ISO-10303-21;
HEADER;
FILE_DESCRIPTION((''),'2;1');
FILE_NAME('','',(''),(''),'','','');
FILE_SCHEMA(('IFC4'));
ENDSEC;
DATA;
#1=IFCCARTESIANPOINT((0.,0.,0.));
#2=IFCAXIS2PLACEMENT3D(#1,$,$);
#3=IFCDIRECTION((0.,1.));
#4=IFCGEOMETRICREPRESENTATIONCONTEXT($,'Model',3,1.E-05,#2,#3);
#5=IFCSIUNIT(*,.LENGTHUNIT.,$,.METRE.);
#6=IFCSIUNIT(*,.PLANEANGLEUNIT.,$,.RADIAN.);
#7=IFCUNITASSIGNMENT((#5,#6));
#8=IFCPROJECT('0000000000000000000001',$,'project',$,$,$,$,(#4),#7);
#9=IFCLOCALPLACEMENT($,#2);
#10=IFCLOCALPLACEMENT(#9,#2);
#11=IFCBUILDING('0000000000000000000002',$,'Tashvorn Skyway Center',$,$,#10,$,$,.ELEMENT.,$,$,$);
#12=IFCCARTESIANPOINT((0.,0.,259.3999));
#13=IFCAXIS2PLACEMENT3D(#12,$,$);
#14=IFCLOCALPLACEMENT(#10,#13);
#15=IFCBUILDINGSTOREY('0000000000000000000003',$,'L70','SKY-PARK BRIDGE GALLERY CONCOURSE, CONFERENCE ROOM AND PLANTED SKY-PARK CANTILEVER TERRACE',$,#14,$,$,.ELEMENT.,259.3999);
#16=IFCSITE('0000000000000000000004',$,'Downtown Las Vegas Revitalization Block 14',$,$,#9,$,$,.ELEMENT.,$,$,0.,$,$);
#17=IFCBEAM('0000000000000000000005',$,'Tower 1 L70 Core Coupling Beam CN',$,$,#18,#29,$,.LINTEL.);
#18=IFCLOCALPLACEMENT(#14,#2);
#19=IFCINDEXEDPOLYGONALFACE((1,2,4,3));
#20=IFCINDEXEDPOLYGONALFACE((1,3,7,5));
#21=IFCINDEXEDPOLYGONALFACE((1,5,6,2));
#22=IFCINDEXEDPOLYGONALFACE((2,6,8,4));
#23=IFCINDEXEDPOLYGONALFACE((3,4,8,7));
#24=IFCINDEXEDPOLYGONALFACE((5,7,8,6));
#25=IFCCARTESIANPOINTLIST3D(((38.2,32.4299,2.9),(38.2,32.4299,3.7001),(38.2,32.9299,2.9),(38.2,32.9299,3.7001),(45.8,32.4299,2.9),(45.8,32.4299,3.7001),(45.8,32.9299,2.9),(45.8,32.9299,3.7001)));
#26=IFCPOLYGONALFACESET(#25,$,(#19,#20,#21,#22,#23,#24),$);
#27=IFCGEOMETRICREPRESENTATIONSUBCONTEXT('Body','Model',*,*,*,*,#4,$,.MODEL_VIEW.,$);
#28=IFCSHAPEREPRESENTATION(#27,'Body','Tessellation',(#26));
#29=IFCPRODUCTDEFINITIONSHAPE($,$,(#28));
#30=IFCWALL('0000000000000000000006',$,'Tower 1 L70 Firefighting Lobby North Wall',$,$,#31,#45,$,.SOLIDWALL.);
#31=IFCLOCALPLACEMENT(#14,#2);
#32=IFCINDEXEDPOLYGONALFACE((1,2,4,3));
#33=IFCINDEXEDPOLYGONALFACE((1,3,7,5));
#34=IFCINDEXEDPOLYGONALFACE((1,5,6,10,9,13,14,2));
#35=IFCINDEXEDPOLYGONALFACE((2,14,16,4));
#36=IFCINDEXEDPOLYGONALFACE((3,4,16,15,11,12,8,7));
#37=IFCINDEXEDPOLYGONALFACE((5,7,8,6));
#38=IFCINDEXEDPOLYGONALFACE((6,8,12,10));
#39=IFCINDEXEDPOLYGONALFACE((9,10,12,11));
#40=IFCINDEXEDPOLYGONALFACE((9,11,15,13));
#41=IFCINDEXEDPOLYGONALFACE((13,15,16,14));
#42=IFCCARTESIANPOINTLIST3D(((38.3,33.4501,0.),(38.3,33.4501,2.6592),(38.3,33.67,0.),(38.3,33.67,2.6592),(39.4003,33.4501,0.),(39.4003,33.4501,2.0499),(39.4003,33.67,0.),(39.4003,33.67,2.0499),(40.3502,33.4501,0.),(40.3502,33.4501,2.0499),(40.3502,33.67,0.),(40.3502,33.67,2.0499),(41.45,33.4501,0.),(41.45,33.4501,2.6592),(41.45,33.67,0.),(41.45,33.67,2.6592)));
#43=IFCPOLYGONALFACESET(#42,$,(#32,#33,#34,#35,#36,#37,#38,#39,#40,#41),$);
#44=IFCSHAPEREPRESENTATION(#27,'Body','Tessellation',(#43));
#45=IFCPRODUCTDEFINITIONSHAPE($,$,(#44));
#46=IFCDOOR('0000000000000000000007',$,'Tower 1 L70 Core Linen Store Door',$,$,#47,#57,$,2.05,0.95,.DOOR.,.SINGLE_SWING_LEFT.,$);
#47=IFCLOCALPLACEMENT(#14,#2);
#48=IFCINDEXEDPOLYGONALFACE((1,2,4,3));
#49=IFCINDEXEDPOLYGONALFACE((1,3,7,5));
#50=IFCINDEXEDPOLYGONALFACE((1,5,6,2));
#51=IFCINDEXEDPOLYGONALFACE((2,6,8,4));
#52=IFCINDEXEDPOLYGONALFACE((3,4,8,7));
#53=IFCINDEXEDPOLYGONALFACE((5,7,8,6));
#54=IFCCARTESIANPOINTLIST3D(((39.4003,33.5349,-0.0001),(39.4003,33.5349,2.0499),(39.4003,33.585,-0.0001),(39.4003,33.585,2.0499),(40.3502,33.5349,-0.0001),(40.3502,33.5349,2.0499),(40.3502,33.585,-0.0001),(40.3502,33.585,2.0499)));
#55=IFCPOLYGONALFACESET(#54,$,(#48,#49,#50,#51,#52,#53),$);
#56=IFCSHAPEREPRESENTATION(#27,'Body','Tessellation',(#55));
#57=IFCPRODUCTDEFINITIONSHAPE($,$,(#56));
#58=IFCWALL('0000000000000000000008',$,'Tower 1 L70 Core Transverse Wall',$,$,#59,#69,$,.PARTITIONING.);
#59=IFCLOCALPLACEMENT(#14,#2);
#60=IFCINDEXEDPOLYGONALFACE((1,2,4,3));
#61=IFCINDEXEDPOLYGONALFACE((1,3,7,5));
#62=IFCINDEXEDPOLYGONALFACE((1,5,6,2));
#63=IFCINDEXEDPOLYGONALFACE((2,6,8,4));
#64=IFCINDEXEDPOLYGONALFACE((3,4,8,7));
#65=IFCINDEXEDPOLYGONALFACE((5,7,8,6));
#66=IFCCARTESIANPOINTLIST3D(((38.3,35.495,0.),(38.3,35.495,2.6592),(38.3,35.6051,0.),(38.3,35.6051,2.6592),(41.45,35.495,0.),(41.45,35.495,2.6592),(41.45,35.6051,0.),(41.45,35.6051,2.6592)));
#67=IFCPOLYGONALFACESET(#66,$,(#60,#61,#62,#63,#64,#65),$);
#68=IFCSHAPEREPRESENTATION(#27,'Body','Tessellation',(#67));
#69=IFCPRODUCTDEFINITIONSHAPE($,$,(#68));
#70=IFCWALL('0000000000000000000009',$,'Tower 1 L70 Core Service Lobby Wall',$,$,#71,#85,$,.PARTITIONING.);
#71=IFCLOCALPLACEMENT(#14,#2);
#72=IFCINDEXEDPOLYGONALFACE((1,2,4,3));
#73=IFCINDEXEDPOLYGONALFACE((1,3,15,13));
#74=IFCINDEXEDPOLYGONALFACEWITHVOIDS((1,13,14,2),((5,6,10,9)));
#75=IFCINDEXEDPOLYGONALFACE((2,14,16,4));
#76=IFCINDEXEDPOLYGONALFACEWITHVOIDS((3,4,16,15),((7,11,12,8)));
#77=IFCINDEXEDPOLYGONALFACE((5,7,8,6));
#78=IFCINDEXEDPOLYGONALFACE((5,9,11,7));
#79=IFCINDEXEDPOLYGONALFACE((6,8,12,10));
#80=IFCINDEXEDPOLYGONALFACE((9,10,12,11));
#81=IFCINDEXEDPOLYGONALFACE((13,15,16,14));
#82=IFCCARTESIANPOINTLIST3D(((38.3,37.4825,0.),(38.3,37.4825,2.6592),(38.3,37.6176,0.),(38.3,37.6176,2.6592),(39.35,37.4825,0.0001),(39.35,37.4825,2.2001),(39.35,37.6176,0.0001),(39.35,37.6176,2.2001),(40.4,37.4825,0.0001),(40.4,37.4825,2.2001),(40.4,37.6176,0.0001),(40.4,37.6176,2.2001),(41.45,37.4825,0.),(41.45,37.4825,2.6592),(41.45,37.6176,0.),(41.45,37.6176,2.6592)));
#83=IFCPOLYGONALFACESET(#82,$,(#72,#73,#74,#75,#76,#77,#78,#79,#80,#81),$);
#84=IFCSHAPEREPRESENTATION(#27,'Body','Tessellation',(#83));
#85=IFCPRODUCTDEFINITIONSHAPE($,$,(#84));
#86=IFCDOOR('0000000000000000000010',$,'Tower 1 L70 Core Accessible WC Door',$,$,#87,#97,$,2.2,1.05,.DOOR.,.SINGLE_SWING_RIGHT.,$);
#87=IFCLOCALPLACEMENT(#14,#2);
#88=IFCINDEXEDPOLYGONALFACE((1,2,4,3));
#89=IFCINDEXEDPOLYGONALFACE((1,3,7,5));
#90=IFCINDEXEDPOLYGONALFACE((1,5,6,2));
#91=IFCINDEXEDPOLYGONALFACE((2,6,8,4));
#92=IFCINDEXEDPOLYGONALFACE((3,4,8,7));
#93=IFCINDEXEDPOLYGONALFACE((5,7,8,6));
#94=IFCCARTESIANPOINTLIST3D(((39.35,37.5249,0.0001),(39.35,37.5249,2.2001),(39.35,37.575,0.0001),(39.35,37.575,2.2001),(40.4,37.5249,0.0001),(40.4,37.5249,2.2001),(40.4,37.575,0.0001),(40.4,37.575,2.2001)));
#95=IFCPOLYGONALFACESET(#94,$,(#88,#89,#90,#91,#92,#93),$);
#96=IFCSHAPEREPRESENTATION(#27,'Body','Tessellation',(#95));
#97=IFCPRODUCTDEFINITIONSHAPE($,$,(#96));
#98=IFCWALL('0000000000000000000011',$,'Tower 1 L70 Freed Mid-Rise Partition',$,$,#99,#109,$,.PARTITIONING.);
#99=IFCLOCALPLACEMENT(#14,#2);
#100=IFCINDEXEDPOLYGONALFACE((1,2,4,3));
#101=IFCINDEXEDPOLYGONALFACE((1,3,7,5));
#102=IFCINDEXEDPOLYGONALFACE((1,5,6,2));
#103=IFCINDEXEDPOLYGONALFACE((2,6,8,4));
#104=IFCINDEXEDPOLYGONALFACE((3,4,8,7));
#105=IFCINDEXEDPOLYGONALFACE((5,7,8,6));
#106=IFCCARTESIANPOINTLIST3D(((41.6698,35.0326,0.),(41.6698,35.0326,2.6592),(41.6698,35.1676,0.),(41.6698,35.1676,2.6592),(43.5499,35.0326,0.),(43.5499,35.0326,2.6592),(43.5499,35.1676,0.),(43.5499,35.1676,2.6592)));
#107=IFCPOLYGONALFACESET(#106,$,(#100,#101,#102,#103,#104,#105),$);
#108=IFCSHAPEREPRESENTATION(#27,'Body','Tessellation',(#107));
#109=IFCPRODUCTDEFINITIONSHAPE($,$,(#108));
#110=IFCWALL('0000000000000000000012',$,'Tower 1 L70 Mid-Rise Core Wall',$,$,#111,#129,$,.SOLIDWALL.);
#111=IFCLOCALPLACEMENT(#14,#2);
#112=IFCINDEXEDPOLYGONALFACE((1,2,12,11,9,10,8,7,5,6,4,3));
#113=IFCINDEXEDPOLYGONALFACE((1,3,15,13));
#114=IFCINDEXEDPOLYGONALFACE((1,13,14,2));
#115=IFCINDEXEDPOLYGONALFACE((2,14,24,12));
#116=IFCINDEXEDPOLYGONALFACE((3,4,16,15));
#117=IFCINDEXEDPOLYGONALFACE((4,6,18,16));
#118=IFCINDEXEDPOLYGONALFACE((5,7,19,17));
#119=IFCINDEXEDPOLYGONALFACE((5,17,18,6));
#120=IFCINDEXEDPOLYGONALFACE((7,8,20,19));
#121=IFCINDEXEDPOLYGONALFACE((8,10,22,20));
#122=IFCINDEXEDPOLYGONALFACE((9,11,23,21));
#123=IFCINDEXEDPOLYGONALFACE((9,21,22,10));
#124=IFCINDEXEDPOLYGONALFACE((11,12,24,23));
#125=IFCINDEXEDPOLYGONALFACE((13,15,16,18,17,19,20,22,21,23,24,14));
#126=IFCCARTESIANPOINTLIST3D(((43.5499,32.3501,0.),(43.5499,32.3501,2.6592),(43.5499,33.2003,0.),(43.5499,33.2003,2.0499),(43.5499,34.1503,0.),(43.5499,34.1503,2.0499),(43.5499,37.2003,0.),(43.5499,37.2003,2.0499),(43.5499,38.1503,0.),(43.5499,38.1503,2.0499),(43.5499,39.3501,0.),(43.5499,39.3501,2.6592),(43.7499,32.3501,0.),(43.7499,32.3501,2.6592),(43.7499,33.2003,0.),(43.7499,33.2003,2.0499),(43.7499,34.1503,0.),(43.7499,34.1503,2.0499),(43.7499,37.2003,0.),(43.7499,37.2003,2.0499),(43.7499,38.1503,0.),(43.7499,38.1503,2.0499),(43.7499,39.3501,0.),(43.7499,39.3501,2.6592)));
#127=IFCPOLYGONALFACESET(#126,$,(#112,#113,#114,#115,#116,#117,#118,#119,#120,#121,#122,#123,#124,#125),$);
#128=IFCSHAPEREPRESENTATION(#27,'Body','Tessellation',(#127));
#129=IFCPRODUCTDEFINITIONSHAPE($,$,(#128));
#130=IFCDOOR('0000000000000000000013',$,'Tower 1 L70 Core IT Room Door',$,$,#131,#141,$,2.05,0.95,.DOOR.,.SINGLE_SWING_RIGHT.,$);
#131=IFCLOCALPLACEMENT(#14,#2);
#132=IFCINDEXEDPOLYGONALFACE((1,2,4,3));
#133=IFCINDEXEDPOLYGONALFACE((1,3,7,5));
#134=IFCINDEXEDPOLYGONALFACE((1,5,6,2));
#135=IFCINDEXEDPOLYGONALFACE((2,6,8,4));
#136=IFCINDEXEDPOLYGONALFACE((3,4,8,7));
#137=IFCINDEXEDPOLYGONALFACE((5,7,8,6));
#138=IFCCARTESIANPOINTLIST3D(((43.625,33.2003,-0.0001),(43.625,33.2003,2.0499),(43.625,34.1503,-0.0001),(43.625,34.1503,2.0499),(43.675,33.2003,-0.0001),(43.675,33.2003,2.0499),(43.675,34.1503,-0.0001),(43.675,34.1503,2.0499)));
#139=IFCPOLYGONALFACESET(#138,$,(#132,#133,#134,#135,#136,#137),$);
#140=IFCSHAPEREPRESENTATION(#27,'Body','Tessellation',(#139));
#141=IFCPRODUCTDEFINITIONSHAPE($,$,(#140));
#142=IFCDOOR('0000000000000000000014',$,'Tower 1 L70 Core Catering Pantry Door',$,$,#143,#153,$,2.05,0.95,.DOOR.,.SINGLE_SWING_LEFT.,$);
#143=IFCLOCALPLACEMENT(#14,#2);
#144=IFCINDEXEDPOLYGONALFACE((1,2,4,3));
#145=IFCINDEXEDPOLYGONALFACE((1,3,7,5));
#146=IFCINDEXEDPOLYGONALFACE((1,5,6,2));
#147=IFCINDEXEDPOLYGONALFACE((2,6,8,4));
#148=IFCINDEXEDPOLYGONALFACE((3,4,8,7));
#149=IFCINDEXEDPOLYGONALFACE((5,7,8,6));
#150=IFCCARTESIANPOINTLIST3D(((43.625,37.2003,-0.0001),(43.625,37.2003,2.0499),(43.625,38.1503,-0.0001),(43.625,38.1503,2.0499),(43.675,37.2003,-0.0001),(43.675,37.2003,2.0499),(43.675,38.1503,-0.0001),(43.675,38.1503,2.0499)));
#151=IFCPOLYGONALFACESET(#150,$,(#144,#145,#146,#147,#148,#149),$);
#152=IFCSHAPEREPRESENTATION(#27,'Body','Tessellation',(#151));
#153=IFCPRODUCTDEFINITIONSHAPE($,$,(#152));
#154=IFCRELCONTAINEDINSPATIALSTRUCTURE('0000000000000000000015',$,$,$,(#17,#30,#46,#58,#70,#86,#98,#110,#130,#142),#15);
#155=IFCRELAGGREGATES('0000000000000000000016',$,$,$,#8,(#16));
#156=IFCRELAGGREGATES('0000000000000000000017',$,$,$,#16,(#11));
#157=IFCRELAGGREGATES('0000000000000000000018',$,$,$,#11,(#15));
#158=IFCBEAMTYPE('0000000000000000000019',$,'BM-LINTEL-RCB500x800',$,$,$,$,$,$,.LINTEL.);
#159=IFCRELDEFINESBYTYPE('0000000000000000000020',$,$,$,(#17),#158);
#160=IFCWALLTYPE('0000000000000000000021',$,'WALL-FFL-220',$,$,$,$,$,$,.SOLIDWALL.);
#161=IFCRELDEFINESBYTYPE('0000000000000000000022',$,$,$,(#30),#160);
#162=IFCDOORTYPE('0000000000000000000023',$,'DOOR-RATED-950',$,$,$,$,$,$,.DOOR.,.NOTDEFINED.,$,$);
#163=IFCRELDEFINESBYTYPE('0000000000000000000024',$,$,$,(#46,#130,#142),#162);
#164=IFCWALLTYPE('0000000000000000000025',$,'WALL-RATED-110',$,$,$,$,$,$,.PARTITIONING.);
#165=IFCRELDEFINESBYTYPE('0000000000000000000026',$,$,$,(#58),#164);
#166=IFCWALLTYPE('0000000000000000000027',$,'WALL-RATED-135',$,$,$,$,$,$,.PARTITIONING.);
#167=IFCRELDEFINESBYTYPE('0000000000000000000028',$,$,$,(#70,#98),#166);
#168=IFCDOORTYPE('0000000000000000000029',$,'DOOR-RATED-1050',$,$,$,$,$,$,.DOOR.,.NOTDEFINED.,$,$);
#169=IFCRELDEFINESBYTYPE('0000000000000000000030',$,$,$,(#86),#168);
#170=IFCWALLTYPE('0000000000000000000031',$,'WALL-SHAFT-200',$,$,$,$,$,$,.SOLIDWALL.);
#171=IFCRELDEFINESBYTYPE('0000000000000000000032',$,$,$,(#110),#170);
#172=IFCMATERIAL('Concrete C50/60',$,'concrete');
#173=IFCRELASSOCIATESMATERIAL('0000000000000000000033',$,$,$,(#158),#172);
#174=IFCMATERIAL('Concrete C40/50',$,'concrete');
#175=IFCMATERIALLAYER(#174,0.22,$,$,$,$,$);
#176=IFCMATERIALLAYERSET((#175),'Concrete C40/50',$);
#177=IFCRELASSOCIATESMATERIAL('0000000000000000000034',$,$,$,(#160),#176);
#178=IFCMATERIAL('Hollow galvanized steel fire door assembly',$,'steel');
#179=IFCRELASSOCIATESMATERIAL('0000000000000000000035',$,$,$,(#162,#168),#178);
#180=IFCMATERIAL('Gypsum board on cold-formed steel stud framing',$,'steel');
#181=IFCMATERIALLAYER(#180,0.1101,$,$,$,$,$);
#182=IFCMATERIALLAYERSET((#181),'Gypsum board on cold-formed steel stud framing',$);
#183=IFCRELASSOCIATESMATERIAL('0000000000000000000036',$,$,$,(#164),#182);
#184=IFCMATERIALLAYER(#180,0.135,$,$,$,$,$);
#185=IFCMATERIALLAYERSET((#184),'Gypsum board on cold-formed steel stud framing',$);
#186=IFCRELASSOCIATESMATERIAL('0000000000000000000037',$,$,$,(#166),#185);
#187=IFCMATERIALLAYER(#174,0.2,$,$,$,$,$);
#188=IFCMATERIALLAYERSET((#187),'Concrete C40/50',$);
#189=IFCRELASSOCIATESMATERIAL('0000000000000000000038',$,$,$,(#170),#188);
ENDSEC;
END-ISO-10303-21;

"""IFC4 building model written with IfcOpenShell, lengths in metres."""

from ifc_helpers import new_model, si_unit, direction, frame, frame_2d, origin, origin_2d, place, context, subcontext, project, spatial, rectangle, extrude, material, layer, layer_set, material_profile, profile_set, type_object, element, fill, save


model = new_model("IFC4")

# Units and contexts
model_context = context("Model", 3, precision=1e-05, world=origin(), true_north=direction((0.0, 1.0)))
body_context = subcontext(model_context, "Body", "Model", "MODEL_VIEW")
ifc_project = project(units=[si_unit("LENGTHUNIT", "METRE"), si_unit("PLANEANGLEUNIT", "RADIAN")], contexts=[model_context])

# Site, building, storey
site_placement = place(None, origin())
site = spatial("IfcSite", under=ifc_project, at=site_placement, Name="Downtown Las Vegas Revitalization Block 14", CompositionType="ELEMENT", RefElevation=0.0)
building_placement = place(site_placement, origin())
building = spatial("IfcBuilding", under=site, at=building_placement, Name="Tashvorn Skyway Center", CompositionType="ELEMENT")
storey_placement = place(building_placement, frame((0.0, 0.0, 259.3999)))
storey = spatial("IfcBuildingStorey", under=building, at=storey_placement, Name="L70", Description="SKY-PARK BRIDGE GALLERY CONCOURSE, CONFERENCE ROOM AND PLANTED SKY-PARK CANTILEVER TERRACE", CompositionType="ELEMENT", Elevation=259.3999)

# Beam
ifc_material_1 = material(Name="Concrete C50/60", Category="concrete")
ifc_material_profile = material_profile(ifc_material_1, rectangle(XDim=0.5, YDim=0.8, at=origin_2d()), Name="RCB500x800")
ifc_profile_set = profile_set([ifc_material_profile], Name="Concrete C50/60")
beam_type = type_object("IfcBeamType", Name="BM-LINTEL-RCB500x800", PredefinedType="LINTEL", material=ifc_profile_set)
beam_placement = place(storey_placement, frame((38.2, 32.6799, 3.3), z_axis=(1.0, 0.0, 0.0), x_axis=(0.0, 1.0, 0.0)))
element("IfcBeam", 1, at=beam_placement, inside=storey, type_object=beam_type, Name="Tower 1 L70 Core Coupling Beam CN", PredefinedType="LINTEL", context=body_context, shape_type="SweptSolid", body=[
    extrude(rectangle(XDim=0.5, YDim=0.8, at=origin_2d()), origin(), (0.0, 0.0, 1.0), 7.6001),
])

# Wall, opening, door
ifc_material_2 = material(Name="Concrete C40/50", Category="concrete")
ifc_layer_1 = layer(ifc_material_2, 0.22)
ifc_layer_set_1 = layer_set([ifc_layer_1], Name="Concrete C40/50")
wall_type_1 = type_object("IfcWallType", Name="WALL-FFL-220", PredefinedType="SOLIDWALL", material=ifc_layer_set_1)
wall_1_placement = place(storey_placement, frame((38.3, 33.5601, 0.0), z_axis=(0.0, 0.0, 1.0), x_axis=(1.0, 0.0, 0.0)))
wall_1 = element("IfcWall", 2, at=wall_1_placement, inside=storey, type_object=wall_type_1, Name="Tower 1 L70 Firefighting Lobby North Wall", PredefinedType="SOLIDWALL", context=body_context, shape_type="SweptSolid", body=[
    extrude(rectangle(XDim=3.1499, YDim=0.22, at=frame_2d((1.575, 0.0))), origin(), (0.0, 0.0, 1.0), 2.6592),
])
opening_1_placement = place(wall_1_placement, frame((1.1001, 0.0, 0.0)))
opening_1 = element("IfcOpeningElement", 3, at=opening_1_placement, cuts=wall_1, PredefinedType="OPENING", context=body_context, shape_type="SweptSolid", body=[
    extrude(rectangle(XDim=0.95, YDim=2.05, at=frame_2d((0.4751, 1.0249))), frame((0.0, 0.1199, 0.0), z_axis=(0.0, -1.0, 0.0), x_axis=(1.0, 0.0, 0.0)), (0.0, 0.0, 1.0), 0.24),
])
ifc_material_3 = material(Name="Hollow galvanized steel fire door assembly", Category="steel")
door_type_1 = type_object("IfcDoorType", Name="DOOR-RATED-950", OperationType="NOTDEFINED", PredefinedType="DOOR", material=ifc_material_3)
door_1_placement = place(opening_1_placement, origin())
door_1 = element("IfcDoor", 4, at=door_1_placement, inside=storey, type_object=door_type_1, Name="Tower 1 L70 Core Linen Store Door", OperationType="SINGLE_SWING_LEFT", OverallHeight=2.05, OverallWidth=0.95, PredefinedType="DOOR", context=body_context, shape_type="SweptSolid", body=[
    extrude(rectangle(XDim=0.95, YDim=2.05, at=frame_2d((0.4751, 1.0249))), frame((0.0, 0.0249, 0.0), z_axis=(0.0, -1.0, 0.0), x_axis=(1.0, 0.0, 0.0)), (0.0, 0.0, 1.0), 0.05),
])
fill(opening_1, door_1)

# Wall
ifc_material_4 = material(Name="Gypsum board on cold-formed steel stud framing", Category="steel")
ifc_layer_2 = layer(ifc_material_4, 0.1101)
ifc_layer_set_2 = layer_set([ifc_layer_2], Name="Gypsum board on cold-formed steel stud framing")
wall_type_2 = type_object("IfcWallType", Name="WALL-RATED-110", PredefinedType="PARTITIONING", material=ifc_layer_set_2)
wall_2_placement = place(storey_placement, frame((38.3, 35.55, 0.0), z_axis=(0.0, 0.0, 1.0), x_axis=(1.0, 0.0, 0.0)))
element("IfcWall", 5, at=wall_2_placement, inside=storey, type_object=wall_type_2, Name="Tower 1 L70 Core Transverse Wall", PredefinedType="PARTITIONING", context=body_context, shape_type="SweptSolid", body=[
    extrude(rectangle(XDim=3.1499, YDim=0.1101, at=frame_2d((1.575, 0.0))), origin(), (0.0, 0.0, 1.0), 2.6592),
])

# Wall, opening, door
ifc_layer_3 = layer(ifc_material_4, 0.135)
ifc_layer_set_3 = layer_set([ifc_layer_3], Name="Gypsum board on cold-formed steel stud framing")
wall_type_3 = type_object("IfcWallType", Name="WALL-RATED-135", PredefinedType="PARTITIONING", material=ifc_layer_set_3)
wall_3_placement = place(storey_placement, frame((38.3, 37.55, 0.0), z_axis=(0.0, 0.0, 1.0), x_axis=(1.0, 0.0, 0.0)))
wall_3 = element("IfcWall", 6, at=wall_3_placement, inside=storey, type_object=wall_type_3, Name="Tower 1 L70 Core Service Lobby Wall", PredefinedType="PARTITIONING", context=body_context, shape_type="SweptSolid", body=[
    extrude(rectangle(XDim=3.1499, YDim=0.135, at=frame_2d((1.575, 0.0))), origin(), (0.0, 0.0, 1.0), 2.6592),
])
opening_2_placement = place(wall_3_placement, frame((1.05, 0.0, 0.0)))
opening_2 = element("IfcOpeningElement", 7, at=opening_2_placement, cuts=wall_3, PredefinedType="OPENING", context=body_context, shape_type="SweptSolid", body=[
    extrude(rectangle(XDim=1.05, YDim=2.2, at=frame_2d((0.5249, 1.1001))), frame((0.0, 0.0774, 0.0), z_axis=(0.0, -1.0, 0.0), x_axis=(1.0, 0.0, 0.0)), (0.0, 0.0, 1.0), 0.155),
])
door_type_2 = type_object("IfcDoorType", Name="DOOR-RATED-1050", OperationType="NOTDEFINED", PredefinedType="DOOR", material=ifc_material_3)
door_2_placement = place(opening_2_placement, origin())
door_2 = element("IfcDoor", 8, at=door_2_placement, inside=storey, type_object=door_type_2, Name="Tower 1 L70 Core Accessible WC Door", OperationType="SINGLE_SWING_RIGHT", OverallHeight=2.2, OverallWidth=1.05, PredefinedType="DOOR", context=body_context, shape_type="SweptSolid", body=[
    extrude(rectangle(XDim=1.05, YDim=2.2, at=frame_2d((0.5249, 1.1001))), frame((0.0, 0.0249, 0.0), z_axis=(0.0, -1.0, 0.0), x_axis=(1.0, 0.0, 0.0)), (0.0, 0.0, 1.0), 0.05),
])
fill(opening_2, door_2)

# Wall
wall_4_placement = place(storey_placement, frame((41.6699, 35.1001, 0.0), z_axis=(0.0, 0.0, 1.0), x_axis=(1.0, 0.0, 0.0)))
element("IfcWall", 9, at=wall_4_placement, inside=storey, type_object=wall_type_3, Name="Tower 1 L70 Freed Mid-Rise Partition", PredefinedType="PARTITIONING", context=body_context, shape_type="SweptSolid", body=[
    extrude(rectangle(XDim=1.8801, YDim=0.135, at=frame_2d((0.9399, 0.0))), origin(), (0.0, 0.0, 1.0), 2.6592),
])

# Wall, openings, doors
ifc_layer_4 = layer(ifc_material_2, 0.2)
ifc_layer_set_4 = layer_set([ifc_layer_4], Name="Concrete C40/50")
wall_type_4 = type_object("IfcWallType", Name="WALL-SHAFT-200", PredefinedType="SOLIDWALL", material=ifc_layer_set_4)
wall_5_placement = place(storey_placement, frame((43.6499, 32.3501, 0.0), z_axis=(0.0, 0.0, 1.0), x_axis=(0.0, 1.0, 0.0)))
wall_5 = element("IfcWall", 10, at=wall_5_placement, inside=storey, type_object=wall_type_4, Name="Tower 1 L70 Mid-Rise Core Wall", PredefinedType="SOLIDWALL", context=body_context, shape_type="SweptSolid", body=[
    extrude(rectangle(XDim=7.0, YDim=0.2, at=frame_2d((3.5, 0.0))), origin(), (0.0, 0.0, 1.0), 2.6592),
])
opening_3_placement = place(wall_5_placement, frame((0.8501, 0.0, 0.0)))
opening_3 = element("IfcOpeningElement", 11, at=opening_3_placement, cuts=wall_5, PredefinedType="OPENING", context=body_context, shape_type="SweptSolid", body=[
    extrude(rectangle(XDim=0.95, YDim=2.05, at=frame_2d((0.4751, 1.0249))), frame((0.0, 0.1099, 0.0), z_axis=(0.0, -1.0, 0.0), x_axis=(1.0, 0.0, 0.0)), (0.0, 0.0, 1.0), 0.22),
])
opening_4_placement = place(wall_5_placement, frame((4.8501, 0.0, 0.0)))
opening_4 = element("IfcOpeningElement", 12, at=opening_4_placement, cuts=wall_5, PredefinedType="OPENING", context=body_context, shape_type="SweptSolid", body=[
    extrude(rectangle(XDim=0.95, YDim=2.05, at=frame_2d((0.4751, 1.0249))), frame((0.0, 0.1099, 0.0), z_axis=(0.0, -1.0, 0.0), x_axis=(1.0, 0.0, 0.0)), (0.0, 0.0, 1.0), 0.22),
])
door_3_placement = place(opening_3_placement, origin())
door_3 = element("IfcDoor", 13, at=door_3_placement, inside=storey, type_object=door_type_1, Name="Tower 1 L70 Core IT Room Door", OperationType="SINGLE_SWING_RIGHT", OverallHeight=2.05, OverallWidth=0.95, PredefinedType="DOOR", context=body_context, shape_type="SweptSolid", body=[
    extrude(rectangle(XDim=0.95, YDim=2.05, at=frame_2d((0.4751, 1.0249))), frame((0.0, 0.0249, 0.0), z_axis=(0.0, -1.0, 0.0), x_axis=(1.0, 0.0, 0.0)), (0.0, 0.0, 1.0), 0.05),
])
fill(opening_3, door_3)
door_4_placement = place(opening_4_placement, origin())
door_4 = element("IfcDoor", 14, at=door_4_placement, inside=storey, type_object=door_type_1, Name="Tower 1 L70 Core Catering Pantry Door", OperationType="SINGLE_SWING_LEFT", OverallHeight=2.05, OverallWidth=0.95, PredefinedType="DOOR", context=body_context, shape_type="SweptSolid", body=[
    extrude(rectangle(XDim=0.95, YDim=2.05, at=frame_2d((0.4751, 1.0249))), frame((0.0, 0.0249, 0.0), z_axis=(0.0, -1.0, 0.0), x_axis=(1.0, 0.0, 0.0)), (0.0, 0.0, 1.0), 0.05),
])
fill(opening_4, door_4)

save(model, "model.ifc")
